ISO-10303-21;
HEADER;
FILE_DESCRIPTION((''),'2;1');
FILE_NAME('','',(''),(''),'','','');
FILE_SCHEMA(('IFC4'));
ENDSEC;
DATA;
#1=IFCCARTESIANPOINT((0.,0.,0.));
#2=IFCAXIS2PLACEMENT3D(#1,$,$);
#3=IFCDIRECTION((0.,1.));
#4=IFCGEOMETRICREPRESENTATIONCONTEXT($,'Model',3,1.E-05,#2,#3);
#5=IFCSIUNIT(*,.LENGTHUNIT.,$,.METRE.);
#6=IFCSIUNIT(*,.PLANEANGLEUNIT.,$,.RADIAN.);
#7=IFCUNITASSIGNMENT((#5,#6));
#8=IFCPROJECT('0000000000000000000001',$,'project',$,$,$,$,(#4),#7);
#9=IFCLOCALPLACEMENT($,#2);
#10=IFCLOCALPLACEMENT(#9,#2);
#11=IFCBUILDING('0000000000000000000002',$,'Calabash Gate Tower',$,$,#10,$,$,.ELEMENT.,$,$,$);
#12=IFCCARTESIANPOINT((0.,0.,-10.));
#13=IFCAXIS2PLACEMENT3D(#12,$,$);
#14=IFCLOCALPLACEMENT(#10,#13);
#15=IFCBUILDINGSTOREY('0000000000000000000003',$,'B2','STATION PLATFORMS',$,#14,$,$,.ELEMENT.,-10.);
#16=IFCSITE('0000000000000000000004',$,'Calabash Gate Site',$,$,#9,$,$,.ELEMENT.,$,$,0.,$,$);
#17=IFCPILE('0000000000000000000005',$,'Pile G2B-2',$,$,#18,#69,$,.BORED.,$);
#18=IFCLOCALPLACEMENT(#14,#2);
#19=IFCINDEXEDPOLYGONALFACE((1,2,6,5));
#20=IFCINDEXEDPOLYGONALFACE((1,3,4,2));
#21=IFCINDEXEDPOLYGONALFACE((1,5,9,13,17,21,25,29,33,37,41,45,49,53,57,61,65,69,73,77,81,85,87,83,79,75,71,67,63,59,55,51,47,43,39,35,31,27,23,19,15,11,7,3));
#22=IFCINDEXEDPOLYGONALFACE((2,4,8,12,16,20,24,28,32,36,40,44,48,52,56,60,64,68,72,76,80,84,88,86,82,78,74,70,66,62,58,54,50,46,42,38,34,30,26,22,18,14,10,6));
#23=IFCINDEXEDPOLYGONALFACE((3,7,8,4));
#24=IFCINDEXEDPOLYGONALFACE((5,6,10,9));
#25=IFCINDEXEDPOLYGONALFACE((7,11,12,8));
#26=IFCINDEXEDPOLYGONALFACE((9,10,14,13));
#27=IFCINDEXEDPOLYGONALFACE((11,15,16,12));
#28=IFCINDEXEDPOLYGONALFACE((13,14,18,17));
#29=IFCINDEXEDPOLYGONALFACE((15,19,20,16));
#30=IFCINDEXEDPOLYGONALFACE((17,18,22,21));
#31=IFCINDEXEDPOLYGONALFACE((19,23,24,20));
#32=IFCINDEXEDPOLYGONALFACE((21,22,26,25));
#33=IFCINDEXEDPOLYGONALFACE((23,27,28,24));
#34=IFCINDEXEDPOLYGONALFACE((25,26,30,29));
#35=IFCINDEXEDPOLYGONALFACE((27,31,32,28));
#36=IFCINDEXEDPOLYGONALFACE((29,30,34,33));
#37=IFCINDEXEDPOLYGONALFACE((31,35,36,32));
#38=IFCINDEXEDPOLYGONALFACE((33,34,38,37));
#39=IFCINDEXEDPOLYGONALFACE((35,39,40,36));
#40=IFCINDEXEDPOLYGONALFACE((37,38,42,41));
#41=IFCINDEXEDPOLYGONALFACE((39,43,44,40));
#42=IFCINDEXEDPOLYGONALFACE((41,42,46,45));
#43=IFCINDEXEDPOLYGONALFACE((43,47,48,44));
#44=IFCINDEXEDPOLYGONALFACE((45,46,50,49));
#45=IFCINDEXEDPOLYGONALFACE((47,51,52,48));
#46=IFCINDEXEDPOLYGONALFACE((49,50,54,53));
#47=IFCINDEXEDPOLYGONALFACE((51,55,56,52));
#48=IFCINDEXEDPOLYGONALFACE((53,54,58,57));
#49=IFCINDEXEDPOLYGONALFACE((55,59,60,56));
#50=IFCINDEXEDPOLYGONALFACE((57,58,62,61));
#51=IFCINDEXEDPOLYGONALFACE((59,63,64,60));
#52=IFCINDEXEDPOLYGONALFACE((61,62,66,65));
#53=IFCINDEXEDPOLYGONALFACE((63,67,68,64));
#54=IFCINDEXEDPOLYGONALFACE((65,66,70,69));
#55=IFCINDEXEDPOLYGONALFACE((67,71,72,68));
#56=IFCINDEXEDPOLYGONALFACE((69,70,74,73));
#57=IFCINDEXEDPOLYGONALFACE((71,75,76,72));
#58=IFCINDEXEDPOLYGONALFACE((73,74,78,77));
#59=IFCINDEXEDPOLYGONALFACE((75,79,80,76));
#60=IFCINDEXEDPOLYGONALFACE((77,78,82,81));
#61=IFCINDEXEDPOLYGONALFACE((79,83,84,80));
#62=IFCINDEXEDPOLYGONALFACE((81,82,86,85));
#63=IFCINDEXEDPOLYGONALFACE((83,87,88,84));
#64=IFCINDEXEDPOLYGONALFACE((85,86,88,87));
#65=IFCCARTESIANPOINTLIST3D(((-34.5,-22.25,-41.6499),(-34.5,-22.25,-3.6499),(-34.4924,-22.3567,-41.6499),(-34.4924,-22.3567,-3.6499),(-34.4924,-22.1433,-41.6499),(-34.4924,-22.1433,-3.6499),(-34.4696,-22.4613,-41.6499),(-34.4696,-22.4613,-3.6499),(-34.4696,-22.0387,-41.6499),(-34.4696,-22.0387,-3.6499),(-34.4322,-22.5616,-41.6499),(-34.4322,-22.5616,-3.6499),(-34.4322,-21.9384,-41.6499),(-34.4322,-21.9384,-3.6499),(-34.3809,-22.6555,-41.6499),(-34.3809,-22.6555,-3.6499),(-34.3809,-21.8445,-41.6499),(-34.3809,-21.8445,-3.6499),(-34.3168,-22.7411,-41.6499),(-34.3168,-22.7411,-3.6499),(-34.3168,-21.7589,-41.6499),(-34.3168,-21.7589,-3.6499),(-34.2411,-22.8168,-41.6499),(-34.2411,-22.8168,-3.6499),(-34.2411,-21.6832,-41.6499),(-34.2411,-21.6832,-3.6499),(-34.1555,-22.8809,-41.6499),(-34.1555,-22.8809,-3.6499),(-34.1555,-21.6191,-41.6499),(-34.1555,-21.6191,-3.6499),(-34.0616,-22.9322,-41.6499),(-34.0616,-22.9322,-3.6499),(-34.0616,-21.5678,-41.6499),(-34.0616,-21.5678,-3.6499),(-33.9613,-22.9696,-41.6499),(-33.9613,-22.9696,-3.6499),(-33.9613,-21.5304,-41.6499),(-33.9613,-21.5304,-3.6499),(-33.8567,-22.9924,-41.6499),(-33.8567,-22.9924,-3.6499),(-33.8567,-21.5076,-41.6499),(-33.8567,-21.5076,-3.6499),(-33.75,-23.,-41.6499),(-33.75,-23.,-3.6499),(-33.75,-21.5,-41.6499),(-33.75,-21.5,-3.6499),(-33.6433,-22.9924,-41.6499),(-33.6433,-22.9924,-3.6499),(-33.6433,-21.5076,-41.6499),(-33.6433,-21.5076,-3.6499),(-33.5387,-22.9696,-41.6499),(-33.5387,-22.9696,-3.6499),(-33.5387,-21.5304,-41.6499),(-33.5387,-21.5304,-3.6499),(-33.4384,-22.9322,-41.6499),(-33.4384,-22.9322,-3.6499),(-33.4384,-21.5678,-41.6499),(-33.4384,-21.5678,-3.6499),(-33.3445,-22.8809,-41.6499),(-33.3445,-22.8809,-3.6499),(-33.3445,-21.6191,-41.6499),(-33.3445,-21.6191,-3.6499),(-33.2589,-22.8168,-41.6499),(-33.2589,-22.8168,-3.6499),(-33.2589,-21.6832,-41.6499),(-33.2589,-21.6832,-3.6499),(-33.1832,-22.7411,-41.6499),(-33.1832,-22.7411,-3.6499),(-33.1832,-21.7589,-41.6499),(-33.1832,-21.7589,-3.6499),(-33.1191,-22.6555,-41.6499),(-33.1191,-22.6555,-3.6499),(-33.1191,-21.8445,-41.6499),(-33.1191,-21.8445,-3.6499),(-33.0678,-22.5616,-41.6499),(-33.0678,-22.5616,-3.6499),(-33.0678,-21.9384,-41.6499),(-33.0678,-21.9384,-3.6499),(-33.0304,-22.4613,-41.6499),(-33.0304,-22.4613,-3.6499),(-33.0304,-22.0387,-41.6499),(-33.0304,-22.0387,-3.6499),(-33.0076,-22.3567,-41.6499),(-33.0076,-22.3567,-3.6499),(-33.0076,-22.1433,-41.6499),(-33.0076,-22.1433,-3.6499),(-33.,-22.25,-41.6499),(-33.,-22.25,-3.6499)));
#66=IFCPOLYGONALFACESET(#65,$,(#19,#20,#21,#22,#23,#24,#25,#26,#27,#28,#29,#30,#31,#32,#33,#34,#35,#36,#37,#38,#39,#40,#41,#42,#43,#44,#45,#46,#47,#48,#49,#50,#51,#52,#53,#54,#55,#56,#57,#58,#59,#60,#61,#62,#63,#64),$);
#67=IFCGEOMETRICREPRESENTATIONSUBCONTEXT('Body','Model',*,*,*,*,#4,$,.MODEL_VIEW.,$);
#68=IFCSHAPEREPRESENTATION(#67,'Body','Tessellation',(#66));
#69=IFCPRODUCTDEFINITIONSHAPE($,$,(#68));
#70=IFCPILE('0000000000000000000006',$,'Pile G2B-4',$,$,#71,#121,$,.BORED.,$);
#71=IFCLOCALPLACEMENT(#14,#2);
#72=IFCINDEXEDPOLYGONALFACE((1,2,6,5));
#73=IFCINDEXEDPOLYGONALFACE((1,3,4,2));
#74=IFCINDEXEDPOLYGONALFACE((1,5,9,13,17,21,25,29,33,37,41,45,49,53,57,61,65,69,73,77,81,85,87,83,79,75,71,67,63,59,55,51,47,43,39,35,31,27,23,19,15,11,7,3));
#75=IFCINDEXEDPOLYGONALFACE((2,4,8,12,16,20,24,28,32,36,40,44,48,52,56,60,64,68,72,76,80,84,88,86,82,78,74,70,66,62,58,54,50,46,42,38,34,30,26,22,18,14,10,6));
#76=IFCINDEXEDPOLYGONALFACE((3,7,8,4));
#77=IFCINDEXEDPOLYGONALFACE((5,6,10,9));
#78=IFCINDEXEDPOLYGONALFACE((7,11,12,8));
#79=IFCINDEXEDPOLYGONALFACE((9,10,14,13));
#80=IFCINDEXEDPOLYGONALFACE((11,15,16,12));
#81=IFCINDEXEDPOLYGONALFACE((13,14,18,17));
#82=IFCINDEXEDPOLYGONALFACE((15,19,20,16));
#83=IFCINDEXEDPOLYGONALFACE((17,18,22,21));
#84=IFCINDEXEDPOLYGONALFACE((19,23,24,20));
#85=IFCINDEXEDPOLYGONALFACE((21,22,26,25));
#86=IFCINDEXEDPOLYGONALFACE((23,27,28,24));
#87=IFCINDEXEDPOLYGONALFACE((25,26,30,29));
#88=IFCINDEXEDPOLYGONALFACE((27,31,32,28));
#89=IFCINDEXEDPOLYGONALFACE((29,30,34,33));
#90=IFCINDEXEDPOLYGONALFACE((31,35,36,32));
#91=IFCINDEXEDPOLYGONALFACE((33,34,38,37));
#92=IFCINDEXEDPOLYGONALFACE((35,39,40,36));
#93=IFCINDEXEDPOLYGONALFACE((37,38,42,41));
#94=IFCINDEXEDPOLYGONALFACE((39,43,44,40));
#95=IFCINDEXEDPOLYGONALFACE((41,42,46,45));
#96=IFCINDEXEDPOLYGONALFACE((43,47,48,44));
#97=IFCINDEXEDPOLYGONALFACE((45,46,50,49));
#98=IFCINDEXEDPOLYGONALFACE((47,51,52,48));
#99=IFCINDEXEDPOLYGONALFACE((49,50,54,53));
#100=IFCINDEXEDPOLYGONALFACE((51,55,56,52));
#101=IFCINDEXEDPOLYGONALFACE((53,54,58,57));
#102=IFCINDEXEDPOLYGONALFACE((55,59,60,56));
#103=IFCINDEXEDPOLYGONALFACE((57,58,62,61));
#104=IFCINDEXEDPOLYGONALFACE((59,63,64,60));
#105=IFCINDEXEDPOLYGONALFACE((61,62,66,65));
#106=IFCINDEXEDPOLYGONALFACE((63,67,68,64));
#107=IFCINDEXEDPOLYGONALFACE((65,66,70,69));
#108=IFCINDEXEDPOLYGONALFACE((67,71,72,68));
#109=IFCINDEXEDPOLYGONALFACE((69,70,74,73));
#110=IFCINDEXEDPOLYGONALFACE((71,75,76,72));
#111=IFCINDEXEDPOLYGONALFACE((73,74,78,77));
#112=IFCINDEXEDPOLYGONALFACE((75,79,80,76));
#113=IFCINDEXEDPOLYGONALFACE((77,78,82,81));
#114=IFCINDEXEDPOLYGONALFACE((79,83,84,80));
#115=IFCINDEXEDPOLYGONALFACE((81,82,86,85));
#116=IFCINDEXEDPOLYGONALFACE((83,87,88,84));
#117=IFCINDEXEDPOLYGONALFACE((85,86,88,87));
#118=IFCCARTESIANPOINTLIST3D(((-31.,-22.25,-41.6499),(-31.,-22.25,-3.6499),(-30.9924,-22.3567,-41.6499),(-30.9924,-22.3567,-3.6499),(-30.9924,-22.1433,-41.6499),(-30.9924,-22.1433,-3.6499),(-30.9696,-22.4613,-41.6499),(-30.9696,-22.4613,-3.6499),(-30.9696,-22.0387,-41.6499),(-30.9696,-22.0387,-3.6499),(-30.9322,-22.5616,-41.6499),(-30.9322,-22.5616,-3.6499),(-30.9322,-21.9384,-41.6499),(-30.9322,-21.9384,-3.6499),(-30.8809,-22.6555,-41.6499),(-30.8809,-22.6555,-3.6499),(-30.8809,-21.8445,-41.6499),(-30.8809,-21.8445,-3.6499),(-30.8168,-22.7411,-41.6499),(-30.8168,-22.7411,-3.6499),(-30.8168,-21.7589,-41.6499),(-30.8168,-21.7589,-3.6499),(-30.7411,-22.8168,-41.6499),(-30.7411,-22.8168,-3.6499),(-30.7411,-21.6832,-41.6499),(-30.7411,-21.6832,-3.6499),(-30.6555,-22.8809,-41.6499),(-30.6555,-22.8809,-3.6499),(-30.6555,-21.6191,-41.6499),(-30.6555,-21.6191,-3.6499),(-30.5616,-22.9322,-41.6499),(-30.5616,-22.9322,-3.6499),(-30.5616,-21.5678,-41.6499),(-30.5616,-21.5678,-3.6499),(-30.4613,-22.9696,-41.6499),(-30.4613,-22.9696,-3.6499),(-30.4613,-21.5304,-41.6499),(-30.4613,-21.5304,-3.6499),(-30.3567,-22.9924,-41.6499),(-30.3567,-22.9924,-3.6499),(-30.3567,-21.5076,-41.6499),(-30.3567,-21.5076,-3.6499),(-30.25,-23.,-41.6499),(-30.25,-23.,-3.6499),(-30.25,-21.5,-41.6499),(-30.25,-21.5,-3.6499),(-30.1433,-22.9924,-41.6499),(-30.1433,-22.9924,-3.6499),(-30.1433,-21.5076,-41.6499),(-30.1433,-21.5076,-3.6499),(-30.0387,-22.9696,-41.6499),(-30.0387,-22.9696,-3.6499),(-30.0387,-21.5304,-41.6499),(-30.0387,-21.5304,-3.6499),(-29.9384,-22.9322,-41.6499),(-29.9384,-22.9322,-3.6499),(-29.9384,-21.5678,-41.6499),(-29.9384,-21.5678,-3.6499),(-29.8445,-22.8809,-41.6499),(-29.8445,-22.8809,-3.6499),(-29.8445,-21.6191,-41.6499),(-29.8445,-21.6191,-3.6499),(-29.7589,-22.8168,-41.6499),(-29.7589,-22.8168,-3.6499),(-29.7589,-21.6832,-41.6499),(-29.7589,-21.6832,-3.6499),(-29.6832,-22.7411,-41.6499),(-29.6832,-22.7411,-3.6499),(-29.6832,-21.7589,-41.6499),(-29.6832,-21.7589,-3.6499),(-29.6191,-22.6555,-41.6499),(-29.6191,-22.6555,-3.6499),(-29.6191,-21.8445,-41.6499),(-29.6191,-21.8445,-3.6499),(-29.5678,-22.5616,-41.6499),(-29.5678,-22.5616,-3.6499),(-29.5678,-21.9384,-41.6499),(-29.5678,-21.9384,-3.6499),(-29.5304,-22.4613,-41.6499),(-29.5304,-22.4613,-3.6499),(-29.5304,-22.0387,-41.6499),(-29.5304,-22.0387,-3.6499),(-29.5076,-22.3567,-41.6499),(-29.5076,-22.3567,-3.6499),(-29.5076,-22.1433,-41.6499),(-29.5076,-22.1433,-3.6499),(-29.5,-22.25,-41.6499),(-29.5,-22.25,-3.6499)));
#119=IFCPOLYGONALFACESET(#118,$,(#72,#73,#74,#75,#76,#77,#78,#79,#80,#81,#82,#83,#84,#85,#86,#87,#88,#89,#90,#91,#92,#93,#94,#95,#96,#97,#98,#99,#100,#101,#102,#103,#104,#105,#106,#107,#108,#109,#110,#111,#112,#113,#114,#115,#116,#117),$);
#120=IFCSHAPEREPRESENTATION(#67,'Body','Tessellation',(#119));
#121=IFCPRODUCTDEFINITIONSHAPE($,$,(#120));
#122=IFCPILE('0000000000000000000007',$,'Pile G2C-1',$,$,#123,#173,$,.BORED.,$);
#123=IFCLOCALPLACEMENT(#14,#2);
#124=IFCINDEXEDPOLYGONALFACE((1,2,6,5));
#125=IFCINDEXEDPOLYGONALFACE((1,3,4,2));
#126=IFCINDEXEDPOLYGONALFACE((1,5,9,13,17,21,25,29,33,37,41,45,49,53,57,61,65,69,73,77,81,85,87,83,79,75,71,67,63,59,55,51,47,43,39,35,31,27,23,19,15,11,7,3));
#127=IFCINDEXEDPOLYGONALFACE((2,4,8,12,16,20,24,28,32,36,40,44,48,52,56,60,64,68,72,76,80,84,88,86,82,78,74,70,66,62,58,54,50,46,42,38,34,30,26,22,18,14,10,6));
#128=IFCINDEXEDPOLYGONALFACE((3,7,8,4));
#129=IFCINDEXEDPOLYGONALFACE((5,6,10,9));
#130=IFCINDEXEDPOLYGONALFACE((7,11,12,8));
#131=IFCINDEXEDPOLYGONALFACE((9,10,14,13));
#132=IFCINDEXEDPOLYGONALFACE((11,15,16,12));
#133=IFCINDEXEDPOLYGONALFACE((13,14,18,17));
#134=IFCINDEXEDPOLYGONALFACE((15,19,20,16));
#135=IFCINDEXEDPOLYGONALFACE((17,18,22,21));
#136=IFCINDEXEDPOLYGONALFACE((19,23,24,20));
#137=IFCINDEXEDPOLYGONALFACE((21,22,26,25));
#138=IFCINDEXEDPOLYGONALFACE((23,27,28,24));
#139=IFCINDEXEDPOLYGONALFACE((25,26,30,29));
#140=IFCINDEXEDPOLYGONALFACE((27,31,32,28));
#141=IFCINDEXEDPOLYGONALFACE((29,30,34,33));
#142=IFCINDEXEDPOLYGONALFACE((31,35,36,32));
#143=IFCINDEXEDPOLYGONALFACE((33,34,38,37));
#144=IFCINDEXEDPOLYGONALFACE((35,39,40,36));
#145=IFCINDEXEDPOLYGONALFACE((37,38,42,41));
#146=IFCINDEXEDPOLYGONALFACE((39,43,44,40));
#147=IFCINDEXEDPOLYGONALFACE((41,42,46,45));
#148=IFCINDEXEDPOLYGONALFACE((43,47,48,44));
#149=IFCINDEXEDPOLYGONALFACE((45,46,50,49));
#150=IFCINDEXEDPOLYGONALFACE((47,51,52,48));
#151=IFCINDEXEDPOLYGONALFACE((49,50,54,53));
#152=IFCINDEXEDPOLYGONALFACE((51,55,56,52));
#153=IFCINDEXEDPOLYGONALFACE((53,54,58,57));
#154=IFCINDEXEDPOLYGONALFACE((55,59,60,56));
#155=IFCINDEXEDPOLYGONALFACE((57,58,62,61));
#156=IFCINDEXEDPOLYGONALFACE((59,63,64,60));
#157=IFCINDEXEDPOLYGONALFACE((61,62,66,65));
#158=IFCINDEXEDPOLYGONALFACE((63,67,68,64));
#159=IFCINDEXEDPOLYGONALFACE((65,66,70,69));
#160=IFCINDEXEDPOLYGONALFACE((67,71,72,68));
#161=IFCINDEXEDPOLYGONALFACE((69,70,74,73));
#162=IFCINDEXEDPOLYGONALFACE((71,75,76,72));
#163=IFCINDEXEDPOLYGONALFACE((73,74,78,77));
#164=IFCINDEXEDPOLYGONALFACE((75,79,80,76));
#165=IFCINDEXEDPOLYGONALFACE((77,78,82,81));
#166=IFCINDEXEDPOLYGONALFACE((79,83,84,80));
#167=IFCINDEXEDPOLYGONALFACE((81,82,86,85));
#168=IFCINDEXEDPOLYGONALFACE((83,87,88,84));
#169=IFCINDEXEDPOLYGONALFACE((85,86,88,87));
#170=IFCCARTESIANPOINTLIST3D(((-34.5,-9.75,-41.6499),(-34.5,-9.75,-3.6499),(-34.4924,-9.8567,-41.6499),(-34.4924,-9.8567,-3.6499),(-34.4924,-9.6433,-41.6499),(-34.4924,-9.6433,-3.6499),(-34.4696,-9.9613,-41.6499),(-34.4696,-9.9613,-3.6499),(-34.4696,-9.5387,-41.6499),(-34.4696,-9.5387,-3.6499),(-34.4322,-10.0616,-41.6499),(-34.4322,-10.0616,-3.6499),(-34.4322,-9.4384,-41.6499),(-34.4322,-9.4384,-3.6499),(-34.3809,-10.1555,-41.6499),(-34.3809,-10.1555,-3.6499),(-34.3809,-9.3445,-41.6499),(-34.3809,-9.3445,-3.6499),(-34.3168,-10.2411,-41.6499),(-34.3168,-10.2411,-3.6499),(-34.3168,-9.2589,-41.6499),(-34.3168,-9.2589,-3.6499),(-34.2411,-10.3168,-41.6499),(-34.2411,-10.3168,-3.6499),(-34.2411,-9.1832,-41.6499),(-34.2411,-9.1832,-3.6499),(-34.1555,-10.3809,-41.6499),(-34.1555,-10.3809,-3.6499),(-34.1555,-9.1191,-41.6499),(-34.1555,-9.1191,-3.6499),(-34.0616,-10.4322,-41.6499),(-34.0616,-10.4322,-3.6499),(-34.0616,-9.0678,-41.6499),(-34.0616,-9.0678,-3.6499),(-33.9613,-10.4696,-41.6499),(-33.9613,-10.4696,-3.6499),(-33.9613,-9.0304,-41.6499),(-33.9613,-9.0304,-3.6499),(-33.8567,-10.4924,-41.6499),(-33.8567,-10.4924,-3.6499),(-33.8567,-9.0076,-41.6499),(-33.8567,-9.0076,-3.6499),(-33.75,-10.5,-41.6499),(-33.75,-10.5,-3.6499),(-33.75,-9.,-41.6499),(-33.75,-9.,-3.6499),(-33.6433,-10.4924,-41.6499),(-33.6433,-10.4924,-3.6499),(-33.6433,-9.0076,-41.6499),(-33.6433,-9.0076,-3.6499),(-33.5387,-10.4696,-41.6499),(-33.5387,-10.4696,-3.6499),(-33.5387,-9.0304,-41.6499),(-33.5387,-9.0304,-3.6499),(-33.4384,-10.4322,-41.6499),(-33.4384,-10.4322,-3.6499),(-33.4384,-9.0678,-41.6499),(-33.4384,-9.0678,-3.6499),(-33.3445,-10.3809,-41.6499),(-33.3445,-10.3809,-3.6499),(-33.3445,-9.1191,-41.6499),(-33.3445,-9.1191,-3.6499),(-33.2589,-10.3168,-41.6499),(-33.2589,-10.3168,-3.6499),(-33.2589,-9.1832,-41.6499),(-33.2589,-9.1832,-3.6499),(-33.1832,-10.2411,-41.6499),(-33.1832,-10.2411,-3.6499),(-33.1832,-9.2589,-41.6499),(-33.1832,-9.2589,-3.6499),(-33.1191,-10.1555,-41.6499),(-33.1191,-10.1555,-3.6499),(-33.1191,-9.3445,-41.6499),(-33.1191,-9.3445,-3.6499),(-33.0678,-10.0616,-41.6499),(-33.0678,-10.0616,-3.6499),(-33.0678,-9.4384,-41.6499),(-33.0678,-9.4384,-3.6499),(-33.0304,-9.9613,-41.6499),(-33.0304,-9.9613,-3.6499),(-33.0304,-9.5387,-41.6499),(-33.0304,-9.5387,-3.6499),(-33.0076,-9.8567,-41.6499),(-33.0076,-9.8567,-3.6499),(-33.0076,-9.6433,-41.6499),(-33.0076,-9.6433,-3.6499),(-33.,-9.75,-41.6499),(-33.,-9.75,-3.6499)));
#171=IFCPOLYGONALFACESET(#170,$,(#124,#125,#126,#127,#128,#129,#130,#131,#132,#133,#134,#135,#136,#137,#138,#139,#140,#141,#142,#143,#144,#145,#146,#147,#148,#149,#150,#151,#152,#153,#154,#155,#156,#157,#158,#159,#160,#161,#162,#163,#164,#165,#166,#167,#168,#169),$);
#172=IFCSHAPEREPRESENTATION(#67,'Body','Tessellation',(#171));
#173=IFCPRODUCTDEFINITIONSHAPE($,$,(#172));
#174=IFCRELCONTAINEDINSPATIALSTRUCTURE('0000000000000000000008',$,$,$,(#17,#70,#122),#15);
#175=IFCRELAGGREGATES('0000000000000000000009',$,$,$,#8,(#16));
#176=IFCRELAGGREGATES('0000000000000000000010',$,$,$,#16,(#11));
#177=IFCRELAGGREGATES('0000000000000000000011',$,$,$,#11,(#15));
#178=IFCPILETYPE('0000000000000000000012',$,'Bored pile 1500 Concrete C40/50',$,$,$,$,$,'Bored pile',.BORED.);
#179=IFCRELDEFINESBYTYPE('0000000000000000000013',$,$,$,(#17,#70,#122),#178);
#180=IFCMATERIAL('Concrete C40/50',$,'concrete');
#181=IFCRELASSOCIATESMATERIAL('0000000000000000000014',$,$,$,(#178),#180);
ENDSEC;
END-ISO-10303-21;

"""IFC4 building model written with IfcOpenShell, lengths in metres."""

from ifc_helpers import new_model, si_unit, direction, frame, origin, origin_2d, place, context, subcontext, project, spatial, circle, extrude, material, material_profile, profile_set, type_object, element, save


model = new_model("IFC4")

# Units and contexts
model_context = context("Model", 3, precision=1e-05, world=origin(), true_north=direction((0.0, 1.0)))
body_context = subcontext(model_context, "Body", "Model", "MODEL_VIEW")
ifc_project = project(units=[si_unit("LENGTHUNIT", "METRE"), si_unit("PLANEANGLEUNIT", "RADIAN")], contexts=[model_context])

# Site, building, storey
site_placement = place(None, origin())
site = spatial("IfcSite", under=ifc_project, at=site_placement, Name="Calabash Gate Site", CompositionType="ELEMENT", RefElevation=0.0)
building_placement = place(site_placement, origin())
building = spatial("IfcBuilding", under=site, at=building_placement, Name="Calabash Gate Tower", CompositionType="ELEMENT")
storey_placement = place(building_placement, frame((0.0, 0.0, -10.0)))
storey = spatial("IfcBuildingStorey", under=building, at=storey_placement, Name="B2", Description="STATION PLATFORMS", CompositionType="ELEMENT", Elevation=-10.0)

# Piles
ifc_material_1 = material(Name="Concrete C40/50", Category="concrete")
ifc_material_profile_1 = material_profile(ifc_material_1, circle(Radius=0.75, at=origin_2d()))
ifc_profile_set_1 = profile_set([ifc_material_profile_1], Name="Concrete C40/50")
pile_type = type_object("IfcPileType", Name="Bored pile 1500 Concrete C40/50", ElementType="Bored pile", PredefinedType="BORED", material=ifc_profile_set_1)
for number, where, z_axis, x_axis, name in (
    (1, (-33.75, -22.25, -3.6499), (0.0, 0.0, -1.0), (1.0, 0.0, 0.0), "Pile G2B-2"),
    (2, (-30.25, -22.25, -3.6499), (0.0, 0.0, -1.0), (1.0, 0.0, 0.0), "Pile G2B-4"),
    (3, (-33.75, -9.75, -3.6499), (0.0, 0.0, -1.0), (1.0, 0.0, 0.0), "Pile G2C-1"),
):
    element("IfcPile", number, at=place(storey_placement, frame(where, z_axis=z_axis, x_axis=x_axis)), inside=storey, type_object=pile_type, Name=name, PredefinedType="BORED", context=body_context, shape_type="SweptSolid", body=[
        extrude(circle(Radius=0.75, at=origin_2d()), origin(), (0.0, 0.0, 1.0), 38.0),
    ])

save(model, "model.ifc")
